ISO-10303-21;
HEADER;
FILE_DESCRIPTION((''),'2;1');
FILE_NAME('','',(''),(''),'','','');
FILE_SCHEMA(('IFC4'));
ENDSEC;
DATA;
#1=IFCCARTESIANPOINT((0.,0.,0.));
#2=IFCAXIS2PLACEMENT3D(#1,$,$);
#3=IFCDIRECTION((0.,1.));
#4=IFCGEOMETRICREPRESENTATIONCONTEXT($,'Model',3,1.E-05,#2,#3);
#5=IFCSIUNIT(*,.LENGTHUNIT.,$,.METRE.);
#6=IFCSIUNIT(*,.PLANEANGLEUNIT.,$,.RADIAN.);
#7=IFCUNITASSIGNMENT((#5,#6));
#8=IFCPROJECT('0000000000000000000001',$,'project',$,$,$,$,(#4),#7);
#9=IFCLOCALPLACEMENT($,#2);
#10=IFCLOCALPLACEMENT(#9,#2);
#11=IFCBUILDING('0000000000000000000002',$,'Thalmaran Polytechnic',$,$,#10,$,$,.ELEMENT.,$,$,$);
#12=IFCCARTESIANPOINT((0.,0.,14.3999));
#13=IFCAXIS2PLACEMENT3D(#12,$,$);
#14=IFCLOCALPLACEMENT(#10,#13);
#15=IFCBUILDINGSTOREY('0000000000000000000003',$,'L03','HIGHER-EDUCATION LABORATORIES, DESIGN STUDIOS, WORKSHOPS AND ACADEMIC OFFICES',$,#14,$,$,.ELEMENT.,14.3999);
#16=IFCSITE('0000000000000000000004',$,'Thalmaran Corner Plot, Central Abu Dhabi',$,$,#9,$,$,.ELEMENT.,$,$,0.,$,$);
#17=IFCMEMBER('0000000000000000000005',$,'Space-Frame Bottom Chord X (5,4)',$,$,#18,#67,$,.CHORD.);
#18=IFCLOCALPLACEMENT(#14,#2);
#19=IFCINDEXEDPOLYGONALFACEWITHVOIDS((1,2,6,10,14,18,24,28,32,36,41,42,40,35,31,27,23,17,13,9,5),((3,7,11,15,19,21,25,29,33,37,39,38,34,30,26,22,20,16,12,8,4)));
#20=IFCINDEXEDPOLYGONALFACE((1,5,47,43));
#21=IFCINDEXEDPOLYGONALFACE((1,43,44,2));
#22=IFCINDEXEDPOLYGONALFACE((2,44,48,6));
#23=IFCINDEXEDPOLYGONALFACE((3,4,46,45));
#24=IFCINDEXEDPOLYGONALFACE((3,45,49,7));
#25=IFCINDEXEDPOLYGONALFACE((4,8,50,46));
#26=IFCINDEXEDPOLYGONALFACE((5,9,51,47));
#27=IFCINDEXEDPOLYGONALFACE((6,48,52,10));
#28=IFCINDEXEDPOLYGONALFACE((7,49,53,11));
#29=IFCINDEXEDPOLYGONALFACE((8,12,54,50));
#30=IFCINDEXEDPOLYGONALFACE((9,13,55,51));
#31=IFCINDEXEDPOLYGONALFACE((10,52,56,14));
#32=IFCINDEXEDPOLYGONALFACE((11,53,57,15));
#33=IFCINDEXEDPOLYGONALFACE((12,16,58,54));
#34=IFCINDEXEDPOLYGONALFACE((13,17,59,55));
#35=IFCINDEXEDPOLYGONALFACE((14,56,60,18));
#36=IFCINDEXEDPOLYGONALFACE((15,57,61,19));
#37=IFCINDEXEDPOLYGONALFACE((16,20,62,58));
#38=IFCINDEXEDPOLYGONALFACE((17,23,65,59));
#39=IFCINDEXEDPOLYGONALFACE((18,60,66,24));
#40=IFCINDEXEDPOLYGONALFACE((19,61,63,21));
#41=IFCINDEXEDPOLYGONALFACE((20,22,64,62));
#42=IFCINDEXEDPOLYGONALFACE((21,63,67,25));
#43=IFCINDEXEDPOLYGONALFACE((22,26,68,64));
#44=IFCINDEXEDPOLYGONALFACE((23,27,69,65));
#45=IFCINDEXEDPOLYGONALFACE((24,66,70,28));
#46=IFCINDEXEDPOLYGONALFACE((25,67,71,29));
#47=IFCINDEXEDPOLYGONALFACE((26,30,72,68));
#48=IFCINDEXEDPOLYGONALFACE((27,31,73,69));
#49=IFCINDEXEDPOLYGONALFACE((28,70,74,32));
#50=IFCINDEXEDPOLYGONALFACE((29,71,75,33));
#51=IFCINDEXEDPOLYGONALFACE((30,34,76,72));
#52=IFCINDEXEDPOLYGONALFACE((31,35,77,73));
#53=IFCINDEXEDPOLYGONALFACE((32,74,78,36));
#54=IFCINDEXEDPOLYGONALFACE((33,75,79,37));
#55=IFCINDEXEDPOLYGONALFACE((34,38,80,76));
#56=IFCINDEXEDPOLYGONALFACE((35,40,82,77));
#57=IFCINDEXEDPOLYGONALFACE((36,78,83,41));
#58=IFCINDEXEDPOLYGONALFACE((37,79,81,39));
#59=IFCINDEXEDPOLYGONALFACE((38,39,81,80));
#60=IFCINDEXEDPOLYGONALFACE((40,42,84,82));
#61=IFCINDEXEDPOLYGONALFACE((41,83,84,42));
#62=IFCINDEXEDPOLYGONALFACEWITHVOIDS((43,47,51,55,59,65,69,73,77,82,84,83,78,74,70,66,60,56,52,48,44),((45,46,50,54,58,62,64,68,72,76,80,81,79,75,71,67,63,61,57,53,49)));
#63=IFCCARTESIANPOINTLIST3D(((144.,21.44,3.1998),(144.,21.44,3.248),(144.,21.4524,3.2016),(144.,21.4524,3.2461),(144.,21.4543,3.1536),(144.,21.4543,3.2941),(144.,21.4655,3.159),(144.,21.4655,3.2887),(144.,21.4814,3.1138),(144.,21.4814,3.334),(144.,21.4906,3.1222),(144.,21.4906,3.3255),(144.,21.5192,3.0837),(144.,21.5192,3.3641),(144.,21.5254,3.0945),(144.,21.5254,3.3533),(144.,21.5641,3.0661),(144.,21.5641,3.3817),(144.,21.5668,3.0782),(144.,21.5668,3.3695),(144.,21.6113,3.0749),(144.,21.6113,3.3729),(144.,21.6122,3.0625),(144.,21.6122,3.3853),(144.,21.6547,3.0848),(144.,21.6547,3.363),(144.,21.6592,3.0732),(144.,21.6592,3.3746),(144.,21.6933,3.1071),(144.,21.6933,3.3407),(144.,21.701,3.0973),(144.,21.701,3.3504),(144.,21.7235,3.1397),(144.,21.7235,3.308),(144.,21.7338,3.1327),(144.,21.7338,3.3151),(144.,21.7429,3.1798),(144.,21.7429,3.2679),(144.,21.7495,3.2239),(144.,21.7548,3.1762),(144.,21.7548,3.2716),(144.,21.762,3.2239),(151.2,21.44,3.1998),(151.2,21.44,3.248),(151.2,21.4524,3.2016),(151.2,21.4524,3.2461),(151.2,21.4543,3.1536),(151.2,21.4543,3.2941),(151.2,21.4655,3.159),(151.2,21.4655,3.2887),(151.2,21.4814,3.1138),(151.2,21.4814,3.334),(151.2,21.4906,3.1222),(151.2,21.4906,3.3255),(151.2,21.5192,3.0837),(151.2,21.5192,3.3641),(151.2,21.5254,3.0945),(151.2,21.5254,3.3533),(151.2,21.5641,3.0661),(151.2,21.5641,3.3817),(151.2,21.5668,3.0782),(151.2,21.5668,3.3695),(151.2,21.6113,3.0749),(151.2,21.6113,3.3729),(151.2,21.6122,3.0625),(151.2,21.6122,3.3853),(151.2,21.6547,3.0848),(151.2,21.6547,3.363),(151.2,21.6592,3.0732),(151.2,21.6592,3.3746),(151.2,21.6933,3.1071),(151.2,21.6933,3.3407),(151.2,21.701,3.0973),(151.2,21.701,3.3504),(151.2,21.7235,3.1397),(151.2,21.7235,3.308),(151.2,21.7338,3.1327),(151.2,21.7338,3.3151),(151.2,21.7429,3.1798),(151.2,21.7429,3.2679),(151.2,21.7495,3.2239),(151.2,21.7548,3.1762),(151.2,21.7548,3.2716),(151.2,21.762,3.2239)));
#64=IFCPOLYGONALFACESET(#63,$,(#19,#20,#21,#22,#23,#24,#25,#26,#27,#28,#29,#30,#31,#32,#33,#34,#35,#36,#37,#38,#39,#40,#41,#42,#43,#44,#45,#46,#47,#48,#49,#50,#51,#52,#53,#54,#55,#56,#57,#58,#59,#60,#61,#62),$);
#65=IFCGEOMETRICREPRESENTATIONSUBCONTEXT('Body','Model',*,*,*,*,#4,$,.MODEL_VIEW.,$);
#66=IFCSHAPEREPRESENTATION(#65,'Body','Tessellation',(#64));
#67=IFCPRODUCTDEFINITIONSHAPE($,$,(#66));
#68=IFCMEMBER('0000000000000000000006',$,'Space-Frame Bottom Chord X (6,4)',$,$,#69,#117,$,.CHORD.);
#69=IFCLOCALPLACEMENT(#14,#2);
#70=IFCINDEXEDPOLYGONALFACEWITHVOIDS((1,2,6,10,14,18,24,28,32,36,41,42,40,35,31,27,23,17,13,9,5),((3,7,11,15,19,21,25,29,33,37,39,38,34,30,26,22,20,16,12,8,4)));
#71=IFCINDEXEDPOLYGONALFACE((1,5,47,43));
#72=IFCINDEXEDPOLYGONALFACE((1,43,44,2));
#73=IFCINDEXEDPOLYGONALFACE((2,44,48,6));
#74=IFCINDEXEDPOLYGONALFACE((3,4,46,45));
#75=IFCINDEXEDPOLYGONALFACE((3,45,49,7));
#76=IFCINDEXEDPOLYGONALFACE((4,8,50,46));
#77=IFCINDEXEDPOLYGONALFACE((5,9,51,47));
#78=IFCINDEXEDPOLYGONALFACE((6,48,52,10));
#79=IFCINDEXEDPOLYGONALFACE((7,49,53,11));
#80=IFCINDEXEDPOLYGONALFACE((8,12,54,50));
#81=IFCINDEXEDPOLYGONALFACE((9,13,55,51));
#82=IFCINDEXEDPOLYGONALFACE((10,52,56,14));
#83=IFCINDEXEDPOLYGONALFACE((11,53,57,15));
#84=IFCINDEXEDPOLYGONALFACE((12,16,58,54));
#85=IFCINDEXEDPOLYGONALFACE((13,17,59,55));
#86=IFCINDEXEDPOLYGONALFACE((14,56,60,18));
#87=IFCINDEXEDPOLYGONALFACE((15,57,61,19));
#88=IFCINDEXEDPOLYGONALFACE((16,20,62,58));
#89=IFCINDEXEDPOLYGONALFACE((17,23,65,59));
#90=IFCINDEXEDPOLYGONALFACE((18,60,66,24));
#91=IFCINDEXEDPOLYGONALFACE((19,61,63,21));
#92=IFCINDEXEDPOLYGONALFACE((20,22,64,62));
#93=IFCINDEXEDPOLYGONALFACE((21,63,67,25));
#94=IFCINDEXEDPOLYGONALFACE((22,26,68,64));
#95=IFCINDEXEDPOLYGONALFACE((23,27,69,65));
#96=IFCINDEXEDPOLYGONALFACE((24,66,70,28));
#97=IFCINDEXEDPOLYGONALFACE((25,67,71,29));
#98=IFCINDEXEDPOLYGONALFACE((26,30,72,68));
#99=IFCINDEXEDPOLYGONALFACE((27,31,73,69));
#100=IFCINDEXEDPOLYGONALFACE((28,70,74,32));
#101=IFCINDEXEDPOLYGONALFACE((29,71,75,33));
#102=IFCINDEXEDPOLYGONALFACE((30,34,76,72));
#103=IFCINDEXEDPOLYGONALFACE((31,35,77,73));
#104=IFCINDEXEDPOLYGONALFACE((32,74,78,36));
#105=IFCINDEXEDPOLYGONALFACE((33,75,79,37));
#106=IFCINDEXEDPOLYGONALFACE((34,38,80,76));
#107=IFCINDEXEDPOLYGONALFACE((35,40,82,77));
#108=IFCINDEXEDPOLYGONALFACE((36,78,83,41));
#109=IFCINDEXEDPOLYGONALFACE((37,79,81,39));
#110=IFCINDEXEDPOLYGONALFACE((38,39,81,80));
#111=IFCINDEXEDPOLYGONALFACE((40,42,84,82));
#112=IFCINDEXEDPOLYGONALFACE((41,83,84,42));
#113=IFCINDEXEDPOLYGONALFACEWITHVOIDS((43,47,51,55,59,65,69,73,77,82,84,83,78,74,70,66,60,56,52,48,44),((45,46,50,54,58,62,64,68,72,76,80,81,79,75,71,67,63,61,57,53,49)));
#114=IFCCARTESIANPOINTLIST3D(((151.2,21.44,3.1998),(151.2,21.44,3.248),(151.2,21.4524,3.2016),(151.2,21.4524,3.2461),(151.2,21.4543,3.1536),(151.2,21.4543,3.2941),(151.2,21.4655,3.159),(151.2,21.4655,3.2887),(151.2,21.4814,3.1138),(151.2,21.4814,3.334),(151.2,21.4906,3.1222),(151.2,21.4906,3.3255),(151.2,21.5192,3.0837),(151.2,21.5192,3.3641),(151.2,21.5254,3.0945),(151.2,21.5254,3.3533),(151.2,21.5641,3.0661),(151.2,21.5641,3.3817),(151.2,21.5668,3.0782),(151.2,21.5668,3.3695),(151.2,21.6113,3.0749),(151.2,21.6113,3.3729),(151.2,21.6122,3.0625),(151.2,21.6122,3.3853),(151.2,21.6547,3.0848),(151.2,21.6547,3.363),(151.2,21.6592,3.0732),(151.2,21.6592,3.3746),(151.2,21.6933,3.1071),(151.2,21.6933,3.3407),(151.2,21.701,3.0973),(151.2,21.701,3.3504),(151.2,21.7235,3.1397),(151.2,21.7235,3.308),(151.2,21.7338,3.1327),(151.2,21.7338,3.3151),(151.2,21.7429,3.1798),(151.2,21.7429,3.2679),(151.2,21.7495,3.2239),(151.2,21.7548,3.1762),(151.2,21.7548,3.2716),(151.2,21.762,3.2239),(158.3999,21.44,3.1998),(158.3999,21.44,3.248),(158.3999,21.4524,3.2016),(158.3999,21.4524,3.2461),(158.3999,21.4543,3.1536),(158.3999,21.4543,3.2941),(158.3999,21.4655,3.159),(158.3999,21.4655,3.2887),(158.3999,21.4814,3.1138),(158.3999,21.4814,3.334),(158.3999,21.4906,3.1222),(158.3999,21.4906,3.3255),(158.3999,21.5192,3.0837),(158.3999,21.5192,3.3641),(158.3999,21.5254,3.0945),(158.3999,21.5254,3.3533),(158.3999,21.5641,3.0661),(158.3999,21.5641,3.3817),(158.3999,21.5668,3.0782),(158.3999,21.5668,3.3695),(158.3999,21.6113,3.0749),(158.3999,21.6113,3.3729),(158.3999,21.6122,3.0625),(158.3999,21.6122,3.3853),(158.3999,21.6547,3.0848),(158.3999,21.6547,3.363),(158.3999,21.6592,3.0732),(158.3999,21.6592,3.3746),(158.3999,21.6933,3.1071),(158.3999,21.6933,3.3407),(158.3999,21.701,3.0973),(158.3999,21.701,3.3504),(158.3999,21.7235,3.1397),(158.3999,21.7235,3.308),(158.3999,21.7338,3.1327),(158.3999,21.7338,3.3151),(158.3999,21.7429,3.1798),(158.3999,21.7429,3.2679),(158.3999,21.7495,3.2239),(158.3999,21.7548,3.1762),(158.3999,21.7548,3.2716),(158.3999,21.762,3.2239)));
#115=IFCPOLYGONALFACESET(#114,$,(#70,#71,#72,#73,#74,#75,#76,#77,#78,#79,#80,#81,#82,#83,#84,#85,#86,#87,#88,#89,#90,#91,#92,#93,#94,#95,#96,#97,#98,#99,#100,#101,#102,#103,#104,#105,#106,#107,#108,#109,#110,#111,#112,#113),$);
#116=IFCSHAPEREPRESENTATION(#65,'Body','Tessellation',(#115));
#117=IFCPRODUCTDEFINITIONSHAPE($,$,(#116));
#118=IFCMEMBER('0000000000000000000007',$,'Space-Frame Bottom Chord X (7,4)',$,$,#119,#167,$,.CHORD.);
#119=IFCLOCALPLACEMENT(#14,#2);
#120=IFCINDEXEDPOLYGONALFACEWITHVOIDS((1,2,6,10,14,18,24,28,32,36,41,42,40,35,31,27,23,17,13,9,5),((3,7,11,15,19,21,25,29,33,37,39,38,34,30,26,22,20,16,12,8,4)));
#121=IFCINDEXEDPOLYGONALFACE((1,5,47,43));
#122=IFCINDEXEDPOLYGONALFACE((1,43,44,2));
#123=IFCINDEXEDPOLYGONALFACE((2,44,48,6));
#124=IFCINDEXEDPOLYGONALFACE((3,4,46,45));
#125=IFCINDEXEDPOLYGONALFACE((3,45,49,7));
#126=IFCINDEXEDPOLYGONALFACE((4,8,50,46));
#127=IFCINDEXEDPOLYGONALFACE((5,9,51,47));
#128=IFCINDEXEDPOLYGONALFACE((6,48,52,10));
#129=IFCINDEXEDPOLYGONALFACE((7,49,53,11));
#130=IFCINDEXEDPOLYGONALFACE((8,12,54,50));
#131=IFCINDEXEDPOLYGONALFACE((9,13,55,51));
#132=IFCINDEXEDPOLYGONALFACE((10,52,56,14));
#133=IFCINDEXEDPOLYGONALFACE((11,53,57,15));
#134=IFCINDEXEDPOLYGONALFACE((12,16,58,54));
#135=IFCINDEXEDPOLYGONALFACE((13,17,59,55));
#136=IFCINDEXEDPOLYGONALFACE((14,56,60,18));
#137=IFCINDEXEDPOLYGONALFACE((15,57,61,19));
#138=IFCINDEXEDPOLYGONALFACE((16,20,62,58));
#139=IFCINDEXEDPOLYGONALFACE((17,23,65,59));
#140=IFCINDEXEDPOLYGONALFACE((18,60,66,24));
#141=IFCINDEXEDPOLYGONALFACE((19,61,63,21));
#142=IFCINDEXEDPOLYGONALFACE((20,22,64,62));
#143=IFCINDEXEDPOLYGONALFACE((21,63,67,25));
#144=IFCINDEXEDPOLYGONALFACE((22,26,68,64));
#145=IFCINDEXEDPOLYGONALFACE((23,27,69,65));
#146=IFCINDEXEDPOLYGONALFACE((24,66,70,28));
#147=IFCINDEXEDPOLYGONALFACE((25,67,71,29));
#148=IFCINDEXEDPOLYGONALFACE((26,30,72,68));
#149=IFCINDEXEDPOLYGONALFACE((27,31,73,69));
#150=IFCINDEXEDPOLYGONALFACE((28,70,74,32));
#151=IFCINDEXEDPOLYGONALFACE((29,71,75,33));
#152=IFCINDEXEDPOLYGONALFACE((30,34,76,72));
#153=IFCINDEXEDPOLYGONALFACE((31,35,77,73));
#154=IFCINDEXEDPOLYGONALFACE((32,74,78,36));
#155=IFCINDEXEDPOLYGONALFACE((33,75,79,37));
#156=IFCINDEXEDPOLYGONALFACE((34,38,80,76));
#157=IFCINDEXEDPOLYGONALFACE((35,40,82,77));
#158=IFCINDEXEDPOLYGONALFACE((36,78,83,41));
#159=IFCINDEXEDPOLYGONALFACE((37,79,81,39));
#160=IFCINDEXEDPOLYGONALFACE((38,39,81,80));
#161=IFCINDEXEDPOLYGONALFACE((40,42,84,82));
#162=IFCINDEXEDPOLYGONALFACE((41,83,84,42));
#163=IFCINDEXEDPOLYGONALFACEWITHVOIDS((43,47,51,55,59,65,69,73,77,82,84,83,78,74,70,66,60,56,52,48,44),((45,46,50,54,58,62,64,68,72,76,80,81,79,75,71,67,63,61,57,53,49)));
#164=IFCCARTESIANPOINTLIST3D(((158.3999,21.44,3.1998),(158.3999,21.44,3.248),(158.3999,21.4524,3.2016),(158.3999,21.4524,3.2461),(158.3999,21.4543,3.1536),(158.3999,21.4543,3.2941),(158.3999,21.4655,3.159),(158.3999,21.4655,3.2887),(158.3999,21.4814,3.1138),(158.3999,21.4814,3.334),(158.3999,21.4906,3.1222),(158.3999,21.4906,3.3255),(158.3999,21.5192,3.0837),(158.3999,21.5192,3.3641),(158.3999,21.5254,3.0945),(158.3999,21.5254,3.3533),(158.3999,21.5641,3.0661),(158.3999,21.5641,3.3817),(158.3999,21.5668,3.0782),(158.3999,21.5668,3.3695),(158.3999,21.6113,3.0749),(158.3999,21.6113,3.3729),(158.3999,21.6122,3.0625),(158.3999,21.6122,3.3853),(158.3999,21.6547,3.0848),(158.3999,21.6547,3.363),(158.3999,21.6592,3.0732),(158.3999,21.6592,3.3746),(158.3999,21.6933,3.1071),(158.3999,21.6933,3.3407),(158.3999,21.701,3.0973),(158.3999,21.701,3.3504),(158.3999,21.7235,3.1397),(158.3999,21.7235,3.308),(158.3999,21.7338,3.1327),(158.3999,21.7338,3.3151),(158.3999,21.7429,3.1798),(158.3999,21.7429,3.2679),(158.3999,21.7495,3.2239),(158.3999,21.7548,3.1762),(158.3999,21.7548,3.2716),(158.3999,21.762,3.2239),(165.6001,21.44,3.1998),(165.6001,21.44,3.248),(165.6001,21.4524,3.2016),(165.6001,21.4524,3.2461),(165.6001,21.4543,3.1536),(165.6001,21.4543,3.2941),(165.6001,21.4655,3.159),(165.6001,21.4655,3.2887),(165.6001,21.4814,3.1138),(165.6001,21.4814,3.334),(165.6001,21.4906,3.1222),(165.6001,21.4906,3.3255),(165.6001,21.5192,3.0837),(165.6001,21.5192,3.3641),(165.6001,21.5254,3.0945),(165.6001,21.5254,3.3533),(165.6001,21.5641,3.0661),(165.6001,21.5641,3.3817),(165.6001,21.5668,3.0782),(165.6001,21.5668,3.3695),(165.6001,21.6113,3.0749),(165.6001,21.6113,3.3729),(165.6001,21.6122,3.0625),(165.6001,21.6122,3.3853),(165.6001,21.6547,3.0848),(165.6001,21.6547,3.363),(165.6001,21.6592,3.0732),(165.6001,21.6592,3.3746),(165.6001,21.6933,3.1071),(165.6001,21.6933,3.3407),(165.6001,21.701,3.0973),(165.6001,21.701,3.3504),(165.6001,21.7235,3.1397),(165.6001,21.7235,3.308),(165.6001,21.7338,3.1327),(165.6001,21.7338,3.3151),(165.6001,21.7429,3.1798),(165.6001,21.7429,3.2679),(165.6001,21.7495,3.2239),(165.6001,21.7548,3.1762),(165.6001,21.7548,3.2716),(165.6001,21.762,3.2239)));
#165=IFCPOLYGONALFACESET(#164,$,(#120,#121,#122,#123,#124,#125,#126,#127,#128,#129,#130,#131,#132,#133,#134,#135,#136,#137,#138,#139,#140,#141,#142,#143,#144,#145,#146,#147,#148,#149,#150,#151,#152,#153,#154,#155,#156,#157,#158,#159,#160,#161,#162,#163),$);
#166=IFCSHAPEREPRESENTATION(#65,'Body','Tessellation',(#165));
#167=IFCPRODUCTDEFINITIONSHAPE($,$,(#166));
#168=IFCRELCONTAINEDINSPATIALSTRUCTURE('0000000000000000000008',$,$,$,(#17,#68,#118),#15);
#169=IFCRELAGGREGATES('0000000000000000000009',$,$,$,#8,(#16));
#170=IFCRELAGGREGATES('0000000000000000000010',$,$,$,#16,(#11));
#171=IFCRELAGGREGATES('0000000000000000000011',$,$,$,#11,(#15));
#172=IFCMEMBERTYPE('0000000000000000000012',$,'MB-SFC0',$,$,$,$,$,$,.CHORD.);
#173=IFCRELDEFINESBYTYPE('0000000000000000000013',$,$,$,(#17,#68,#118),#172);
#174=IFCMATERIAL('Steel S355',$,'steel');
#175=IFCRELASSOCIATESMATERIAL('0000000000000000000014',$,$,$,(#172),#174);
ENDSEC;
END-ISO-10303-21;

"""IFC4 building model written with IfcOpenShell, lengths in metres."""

from ifc_helpers import new_model, si_unit, direction, frame, origin, origin_2d, place, context, subcontext, project, spatial, hollow_circle, extrude, material, material_profile, profile_set, type_object, element, save


model = new_model("IFC4")

# Units and contexts
model_context = context("Model", 3, precision=1e-05, world=origin(), true_north=direction((0.0, 1.0)))
body_context = subcontext(model_context, "Body", "Model", "MODEL_VIEW")
ifc_project = project(units=[si_unit("LENGTHUNIT", "METRE"), si_unit("PLANEANGLEUNIT", "RADIAN")], contexts=[model_context])

# Site, building, storey
site_placement = place(None, origin())
site = spatial("IfcSite", under=ifc_project, at=site_placement, Name="Thalmaran Corner Plot, Central Abu Dhabi", CompositionType="ELEMENT", RefElevation=0.0)
building_placement = place(site_placement, origin())
building = spatial("IfcBuilding", under=site, at=building_placement, Name="Thalmaran Polytechnic", CompositionType="ELEMENT")
storey_placement = place(building_placement, frame((0.0, 0.0, 14.3999)))
storey = spatial("IfcBuildingStorey", under=building, at=storey_placement, Name="L03", Description="HIGHER-EDUCATION LABORATORIES, DESIGN STUDIOS, WORKSHOPS AND ACADEMIC OFFICES", CompositionType="ELEMENT", Elevation=14.3999)

# Members
ifc_material = material(Name="Steel S355", Category="steel")
ifc_material_profile_1 = material_profile(ifc_material, hollow_circle(Radius=0.1619, WallThickness=0.0125, at=origin_2d()), Name="CHS 323.9x12.5")
ifc_profile_set_1 = profile_set([ifc_material_profile_1], Name="Steel S355")
member_type_1 = type_object("IfcMemberType", Name="MB-SFC0", PredefinedType="CHORD", material=ifc_profile_set_1)
for number, where, z_axis, x_axis, name in (
    (1, (144.0, 21.6001, 3.2239), (1.0, 0.0, 0.0), (0.0, 1.0, 0.0), "Space-Frame Bottom Chord X (5,4)"),
    (2, (151.2, 21.6001, 3.2239), (1.0, 0.0, 0.0), (0.0, 1.0, 0.0), "Space-Frame Bottom Chord X (6,4)"),
):
    element("IfcMember", number, at=place(storey_placement, frame(where, z_axis=z_axis, x_axis=x_axis)), inside=storey, type_object=member_type_1, Name=name, PredefinedType="CHORD", context=body_context, shape_type="SweptSolid", body=[
        extrude(hollow_circle(Radius=0.1619, WallThickness=0.0125, at=origin_2d()), origin(), (0.0, 0.0, 1.0), 7.2),
    ])
member_1_placement = place(storey_placement, frame((158.3999, 21.6001, 3.2239), z_axis=(1.0, 0.0, 0.0), x_axis=(0.0, 1.0, 0.0)))
element("IfcMember", 3, at=member_1_placement, inside=storey, type_object=member_type_1, Name="Space-Frame Bottom Chord X (7,4)", PredefinedType="CHORD", context=body_context, shape_type="SweptSolid", body=[
    extrude(hollow_circle(Radius=0.1619, WallThickness=0.0125, at=origin_2d()), origin(), (0.0, 0.0, 1.0), 7.2002),
])

save(model, "model.ifc")
